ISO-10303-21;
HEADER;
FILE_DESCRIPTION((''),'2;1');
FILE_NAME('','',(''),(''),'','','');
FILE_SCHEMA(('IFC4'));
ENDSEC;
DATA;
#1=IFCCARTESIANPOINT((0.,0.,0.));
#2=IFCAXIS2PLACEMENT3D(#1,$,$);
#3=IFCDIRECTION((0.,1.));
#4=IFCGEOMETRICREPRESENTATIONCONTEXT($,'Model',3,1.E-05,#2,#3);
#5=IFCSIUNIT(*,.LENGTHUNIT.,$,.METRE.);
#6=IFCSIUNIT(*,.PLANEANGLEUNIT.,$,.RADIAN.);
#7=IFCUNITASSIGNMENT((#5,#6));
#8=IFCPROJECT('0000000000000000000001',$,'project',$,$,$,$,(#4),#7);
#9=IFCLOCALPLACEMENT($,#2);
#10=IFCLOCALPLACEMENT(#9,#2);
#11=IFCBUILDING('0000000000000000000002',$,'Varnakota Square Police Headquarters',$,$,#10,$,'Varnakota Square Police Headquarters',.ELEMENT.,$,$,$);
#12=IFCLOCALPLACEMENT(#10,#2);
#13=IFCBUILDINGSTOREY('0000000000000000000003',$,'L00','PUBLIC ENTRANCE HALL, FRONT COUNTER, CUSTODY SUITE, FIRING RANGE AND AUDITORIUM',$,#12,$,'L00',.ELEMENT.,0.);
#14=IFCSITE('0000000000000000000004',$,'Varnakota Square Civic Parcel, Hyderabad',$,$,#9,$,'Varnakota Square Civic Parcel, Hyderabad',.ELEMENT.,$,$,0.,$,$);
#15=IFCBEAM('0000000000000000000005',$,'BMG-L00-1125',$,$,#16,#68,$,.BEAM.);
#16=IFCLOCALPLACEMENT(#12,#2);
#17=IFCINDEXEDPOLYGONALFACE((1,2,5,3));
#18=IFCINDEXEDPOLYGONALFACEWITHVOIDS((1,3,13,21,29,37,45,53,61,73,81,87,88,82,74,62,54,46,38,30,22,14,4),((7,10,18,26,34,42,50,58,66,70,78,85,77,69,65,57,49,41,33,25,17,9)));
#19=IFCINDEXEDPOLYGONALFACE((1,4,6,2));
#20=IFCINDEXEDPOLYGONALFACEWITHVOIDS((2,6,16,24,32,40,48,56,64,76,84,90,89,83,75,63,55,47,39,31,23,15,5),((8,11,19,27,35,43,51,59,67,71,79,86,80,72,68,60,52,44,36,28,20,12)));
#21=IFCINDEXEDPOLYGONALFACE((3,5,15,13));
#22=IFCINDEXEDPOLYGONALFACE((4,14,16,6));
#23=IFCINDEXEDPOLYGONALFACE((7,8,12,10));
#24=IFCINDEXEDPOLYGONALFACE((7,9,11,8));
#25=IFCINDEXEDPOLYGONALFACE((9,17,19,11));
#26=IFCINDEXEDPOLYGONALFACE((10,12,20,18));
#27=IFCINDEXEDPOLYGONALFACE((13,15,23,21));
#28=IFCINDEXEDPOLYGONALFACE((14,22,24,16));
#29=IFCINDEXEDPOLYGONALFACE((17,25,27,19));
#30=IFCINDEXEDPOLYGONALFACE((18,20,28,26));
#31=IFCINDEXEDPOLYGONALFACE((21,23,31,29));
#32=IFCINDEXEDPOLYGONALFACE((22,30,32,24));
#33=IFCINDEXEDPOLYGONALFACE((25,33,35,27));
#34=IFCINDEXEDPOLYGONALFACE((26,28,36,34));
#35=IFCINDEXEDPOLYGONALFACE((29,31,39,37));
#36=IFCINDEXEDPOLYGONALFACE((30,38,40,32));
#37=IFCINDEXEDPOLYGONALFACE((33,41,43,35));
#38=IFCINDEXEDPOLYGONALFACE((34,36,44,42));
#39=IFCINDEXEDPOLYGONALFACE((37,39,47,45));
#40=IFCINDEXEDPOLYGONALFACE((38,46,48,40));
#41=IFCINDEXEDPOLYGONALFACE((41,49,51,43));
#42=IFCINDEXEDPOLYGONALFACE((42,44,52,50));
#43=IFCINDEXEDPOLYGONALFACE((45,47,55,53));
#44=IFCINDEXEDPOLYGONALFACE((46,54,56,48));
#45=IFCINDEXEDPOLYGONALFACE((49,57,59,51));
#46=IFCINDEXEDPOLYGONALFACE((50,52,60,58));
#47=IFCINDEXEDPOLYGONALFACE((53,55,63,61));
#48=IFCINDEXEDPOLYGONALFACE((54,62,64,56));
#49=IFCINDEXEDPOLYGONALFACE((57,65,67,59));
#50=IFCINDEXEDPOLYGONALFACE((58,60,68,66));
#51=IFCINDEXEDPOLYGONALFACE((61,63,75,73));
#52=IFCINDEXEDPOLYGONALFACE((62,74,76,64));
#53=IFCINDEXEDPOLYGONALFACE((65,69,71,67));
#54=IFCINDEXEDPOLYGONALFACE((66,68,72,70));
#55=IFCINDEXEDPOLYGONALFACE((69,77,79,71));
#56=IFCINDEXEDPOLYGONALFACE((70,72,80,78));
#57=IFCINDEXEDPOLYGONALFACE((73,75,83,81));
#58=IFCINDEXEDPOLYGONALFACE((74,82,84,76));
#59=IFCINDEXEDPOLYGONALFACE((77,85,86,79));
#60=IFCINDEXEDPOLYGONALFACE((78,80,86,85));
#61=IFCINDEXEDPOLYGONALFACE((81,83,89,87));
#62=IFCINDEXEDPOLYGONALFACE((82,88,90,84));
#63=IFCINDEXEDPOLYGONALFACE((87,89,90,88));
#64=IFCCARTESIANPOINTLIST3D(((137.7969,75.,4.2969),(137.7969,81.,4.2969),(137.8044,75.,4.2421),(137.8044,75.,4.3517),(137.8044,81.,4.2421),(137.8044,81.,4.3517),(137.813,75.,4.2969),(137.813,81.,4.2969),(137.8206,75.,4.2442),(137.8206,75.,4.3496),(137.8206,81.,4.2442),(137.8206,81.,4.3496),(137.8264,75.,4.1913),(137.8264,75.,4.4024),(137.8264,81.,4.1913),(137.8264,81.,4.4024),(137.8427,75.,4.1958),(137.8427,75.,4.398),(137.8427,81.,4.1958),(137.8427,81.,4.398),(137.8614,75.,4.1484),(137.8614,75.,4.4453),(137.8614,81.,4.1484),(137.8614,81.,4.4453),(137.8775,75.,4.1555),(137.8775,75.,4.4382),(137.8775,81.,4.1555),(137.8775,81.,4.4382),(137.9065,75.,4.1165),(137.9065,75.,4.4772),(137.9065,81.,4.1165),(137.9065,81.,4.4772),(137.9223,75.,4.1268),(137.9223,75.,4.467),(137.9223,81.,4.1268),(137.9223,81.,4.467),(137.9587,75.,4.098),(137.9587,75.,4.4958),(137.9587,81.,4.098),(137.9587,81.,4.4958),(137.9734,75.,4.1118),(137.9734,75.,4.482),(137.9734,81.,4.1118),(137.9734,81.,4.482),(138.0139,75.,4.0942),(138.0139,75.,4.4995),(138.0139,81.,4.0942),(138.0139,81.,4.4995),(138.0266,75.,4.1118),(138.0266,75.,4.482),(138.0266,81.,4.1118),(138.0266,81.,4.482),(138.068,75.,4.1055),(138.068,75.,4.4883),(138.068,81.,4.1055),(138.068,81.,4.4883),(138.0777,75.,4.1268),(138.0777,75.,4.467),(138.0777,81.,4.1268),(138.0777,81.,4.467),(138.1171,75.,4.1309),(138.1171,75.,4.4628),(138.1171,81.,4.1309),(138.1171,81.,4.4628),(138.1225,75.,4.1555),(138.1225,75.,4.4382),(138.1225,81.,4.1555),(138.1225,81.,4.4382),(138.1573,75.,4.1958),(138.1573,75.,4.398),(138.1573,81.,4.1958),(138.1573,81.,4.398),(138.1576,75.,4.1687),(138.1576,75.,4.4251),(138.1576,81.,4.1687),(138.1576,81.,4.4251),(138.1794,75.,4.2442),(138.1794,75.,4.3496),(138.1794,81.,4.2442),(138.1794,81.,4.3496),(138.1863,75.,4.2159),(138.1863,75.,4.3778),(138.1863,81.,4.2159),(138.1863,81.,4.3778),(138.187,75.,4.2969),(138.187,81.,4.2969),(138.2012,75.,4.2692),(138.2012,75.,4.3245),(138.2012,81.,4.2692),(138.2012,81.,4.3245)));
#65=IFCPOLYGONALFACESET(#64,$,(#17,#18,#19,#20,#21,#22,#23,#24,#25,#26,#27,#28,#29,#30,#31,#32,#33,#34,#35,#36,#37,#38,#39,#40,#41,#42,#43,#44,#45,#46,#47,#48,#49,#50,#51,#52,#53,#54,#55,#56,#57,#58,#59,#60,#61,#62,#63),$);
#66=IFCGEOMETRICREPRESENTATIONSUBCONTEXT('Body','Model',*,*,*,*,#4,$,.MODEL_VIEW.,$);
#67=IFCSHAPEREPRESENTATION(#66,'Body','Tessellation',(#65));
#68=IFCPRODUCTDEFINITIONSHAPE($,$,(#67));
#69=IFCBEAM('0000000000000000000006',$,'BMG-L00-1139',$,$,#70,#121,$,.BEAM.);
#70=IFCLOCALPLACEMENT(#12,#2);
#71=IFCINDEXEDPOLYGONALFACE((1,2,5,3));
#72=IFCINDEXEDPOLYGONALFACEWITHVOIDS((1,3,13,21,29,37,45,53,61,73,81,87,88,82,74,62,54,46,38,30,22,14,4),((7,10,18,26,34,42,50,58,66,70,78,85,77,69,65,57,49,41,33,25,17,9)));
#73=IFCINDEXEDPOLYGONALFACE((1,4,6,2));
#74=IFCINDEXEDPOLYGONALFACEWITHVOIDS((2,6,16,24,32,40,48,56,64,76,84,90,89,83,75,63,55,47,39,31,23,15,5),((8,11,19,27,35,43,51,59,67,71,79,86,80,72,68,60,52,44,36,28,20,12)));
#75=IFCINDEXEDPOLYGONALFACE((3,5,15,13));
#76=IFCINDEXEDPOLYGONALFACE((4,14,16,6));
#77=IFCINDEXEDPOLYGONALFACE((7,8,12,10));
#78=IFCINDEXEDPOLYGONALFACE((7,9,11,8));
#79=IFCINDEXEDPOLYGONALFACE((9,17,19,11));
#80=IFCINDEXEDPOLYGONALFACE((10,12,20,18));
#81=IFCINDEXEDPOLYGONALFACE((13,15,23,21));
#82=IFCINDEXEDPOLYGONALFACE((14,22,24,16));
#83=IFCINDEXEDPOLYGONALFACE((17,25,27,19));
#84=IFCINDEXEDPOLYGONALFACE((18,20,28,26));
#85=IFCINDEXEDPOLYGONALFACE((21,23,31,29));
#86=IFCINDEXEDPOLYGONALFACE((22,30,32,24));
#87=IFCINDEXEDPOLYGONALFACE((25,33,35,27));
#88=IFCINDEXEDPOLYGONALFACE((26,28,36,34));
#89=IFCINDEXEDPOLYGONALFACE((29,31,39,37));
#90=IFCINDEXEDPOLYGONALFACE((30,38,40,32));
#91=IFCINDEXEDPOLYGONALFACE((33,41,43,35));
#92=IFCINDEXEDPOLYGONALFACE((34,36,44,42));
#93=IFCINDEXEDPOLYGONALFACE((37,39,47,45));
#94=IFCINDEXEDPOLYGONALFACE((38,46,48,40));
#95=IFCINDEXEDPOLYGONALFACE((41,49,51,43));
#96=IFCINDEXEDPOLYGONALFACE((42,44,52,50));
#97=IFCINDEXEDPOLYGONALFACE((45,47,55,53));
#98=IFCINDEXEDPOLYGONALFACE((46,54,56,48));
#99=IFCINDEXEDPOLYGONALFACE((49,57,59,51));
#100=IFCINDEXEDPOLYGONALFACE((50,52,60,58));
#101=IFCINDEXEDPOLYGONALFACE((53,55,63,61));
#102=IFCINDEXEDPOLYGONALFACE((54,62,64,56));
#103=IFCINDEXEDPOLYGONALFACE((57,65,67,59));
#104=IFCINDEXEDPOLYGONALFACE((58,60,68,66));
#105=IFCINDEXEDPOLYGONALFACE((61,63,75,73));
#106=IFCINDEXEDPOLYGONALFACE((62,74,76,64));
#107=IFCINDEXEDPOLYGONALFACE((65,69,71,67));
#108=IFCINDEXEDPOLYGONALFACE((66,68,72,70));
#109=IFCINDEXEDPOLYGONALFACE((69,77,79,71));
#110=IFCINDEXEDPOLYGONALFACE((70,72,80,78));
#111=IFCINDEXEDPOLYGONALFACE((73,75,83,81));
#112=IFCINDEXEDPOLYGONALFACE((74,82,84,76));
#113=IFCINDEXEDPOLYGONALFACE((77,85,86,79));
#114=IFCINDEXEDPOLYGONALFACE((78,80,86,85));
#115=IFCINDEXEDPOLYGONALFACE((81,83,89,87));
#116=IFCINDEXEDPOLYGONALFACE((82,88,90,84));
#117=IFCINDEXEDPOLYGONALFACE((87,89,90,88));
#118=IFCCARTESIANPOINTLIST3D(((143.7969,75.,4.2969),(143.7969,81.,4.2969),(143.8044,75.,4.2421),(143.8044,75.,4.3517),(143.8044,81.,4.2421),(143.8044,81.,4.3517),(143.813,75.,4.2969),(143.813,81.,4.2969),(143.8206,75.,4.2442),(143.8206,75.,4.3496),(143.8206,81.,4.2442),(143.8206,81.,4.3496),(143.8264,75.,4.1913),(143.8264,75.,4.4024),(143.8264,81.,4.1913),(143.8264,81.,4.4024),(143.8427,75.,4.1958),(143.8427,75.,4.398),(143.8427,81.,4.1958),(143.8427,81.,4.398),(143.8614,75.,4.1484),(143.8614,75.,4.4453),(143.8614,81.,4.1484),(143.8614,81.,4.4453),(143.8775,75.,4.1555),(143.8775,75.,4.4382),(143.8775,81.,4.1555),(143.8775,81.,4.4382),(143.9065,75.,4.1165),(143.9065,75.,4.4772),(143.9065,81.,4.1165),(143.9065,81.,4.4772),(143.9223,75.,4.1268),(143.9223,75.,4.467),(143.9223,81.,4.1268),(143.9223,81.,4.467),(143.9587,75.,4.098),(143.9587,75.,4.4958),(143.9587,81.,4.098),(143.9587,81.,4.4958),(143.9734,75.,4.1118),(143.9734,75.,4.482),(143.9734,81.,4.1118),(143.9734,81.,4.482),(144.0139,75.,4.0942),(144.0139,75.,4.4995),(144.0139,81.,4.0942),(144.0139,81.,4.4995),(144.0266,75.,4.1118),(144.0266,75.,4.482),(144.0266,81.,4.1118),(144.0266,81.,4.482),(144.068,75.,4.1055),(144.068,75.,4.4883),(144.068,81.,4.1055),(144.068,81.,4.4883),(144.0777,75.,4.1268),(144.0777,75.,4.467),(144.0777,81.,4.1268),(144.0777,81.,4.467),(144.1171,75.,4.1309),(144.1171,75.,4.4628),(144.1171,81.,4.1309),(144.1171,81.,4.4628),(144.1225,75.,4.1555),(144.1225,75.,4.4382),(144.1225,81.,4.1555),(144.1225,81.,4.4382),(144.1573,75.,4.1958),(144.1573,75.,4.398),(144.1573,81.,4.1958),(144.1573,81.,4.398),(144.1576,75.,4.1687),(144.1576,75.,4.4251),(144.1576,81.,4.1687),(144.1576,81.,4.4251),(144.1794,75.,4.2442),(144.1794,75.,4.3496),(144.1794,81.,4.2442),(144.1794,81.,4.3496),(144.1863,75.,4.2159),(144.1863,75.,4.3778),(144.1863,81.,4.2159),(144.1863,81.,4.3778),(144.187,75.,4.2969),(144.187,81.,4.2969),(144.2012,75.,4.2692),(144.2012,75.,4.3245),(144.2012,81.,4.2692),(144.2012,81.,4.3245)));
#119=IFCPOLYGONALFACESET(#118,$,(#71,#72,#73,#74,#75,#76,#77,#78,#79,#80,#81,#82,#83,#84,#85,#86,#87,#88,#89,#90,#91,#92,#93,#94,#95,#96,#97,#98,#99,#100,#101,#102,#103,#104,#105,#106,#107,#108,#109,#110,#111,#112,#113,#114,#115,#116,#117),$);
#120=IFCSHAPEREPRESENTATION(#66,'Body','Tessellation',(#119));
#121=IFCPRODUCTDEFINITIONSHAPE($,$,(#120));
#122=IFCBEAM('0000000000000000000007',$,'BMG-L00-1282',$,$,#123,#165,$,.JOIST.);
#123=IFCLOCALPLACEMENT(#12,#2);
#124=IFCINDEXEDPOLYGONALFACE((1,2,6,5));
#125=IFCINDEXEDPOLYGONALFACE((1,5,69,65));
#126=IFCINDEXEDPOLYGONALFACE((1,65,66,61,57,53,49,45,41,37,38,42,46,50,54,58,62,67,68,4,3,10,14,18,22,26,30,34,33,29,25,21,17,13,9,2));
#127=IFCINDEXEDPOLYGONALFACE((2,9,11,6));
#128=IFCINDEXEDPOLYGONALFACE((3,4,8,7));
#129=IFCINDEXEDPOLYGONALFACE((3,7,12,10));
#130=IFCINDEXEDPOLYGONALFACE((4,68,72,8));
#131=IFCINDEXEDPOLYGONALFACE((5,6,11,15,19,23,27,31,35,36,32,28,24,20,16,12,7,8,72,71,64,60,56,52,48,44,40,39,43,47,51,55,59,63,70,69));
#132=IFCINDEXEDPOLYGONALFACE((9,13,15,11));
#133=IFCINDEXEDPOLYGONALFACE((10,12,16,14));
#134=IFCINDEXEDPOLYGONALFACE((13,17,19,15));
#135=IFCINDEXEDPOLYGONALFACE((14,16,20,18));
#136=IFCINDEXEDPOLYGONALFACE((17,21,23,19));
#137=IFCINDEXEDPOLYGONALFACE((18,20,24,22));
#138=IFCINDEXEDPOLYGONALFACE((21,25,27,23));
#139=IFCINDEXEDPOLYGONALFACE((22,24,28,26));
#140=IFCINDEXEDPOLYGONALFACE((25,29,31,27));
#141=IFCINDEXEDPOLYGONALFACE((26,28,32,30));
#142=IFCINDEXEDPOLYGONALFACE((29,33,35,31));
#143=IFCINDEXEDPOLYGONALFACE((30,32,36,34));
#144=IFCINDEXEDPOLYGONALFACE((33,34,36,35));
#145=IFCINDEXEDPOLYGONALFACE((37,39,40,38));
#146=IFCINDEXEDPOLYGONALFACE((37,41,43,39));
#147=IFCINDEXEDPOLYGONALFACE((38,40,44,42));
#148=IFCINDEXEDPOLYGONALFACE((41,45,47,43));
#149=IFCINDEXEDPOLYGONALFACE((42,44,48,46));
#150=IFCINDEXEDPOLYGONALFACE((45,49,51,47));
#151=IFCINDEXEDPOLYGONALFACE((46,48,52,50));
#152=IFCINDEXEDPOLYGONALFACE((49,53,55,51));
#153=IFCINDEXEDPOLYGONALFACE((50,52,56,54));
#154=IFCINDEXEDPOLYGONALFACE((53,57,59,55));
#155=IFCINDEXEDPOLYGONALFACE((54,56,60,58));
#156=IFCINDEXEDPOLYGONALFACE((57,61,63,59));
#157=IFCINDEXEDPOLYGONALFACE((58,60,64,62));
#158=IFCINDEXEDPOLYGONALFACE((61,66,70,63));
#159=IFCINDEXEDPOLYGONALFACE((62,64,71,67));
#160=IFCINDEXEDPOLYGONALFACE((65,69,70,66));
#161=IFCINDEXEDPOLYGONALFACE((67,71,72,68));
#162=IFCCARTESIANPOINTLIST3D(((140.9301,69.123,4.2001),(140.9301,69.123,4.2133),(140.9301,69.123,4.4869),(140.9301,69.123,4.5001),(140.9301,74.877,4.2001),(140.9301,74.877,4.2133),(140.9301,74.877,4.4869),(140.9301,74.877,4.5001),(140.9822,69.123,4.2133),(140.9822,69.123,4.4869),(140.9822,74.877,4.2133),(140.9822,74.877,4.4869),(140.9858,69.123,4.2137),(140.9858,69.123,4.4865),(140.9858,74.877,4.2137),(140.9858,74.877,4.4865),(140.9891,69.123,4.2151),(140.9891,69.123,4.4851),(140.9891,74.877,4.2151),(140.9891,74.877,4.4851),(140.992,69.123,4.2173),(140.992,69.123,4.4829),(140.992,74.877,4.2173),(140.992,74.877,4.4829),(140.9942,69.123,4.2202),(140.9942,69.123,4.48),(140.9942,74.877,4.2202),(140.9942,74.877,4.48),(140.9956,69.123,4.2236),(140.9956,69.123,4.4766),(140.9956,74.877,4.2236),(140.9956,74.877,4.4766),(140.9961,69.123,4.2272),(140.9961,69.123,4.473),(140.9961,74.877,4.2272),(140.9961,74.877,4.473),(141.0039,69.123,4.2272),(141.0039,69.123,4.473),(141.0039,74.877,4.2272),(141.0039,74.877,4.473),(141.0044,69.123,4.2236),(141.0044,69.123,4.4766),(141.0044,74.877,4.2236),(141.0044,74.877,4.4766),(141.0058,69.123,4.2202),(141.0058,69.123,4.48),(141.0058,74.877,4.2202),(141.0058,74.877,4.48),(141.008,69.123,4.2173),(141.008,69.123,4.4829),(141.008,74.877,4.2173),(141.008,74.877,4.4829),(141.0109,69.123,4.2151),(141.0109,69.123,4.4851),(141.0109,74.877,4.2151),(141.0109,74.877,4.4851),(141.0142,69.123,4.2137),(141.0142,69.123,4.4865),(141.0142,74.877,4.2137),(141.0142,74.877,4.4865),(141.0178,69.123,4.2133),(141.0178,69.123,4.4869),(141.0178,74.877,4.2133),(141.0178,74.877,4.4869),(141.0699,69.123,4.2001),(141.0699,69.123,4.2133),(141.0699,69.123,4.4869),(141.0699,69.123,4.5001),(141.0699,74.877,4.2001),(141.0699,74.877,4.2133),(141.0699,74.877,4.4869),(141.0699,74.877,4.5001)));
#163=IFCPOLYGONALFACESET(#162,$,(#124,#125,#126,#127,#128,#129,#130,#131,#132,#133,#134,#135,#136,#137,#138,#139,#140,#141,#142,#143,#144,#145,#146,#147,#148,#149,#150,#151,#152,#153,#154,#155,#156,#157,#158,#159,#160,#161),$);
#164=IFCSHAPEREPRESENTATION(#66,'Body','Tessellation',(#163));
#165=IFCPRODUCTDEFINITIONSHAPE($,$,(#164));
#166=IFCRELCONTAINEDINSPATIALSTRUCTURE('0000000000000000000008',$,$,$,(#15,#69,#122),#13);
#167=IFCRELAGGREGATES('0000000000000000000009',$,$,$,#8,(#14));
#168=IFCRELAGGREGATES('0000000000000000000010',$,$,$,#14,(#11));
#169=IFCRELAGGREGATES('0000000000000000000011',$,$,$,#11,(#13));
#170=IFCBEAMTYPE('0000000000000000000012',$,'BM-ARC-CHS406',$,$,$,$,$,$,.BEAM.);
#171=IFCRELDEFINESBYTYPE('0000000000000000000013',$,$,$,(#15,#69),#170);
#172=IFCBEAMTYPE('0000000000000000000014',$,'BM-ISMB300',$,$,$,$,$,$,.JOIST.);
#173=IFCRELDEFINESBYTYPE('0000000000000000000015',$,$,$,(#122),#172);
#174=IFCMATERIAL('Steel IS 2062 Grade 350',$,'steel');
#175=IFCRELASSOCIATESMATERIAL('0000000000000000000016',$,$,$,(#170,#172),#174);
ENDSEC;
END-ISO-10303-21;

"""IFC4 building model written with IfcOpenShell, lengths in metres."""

from ifc_helpers import new_model, si_unit, direction, frame, origin, origin_2d, place, context, subcontext, project, spatial, hollow_circle, i_section, extrude, material, material_profile, profile_set, type_object, element, save


model = new_model("IFC4")

# Units and contexts
model_context = context("Model", 3, precision=1e-05, world=origin(), true_north=direction((0.0, 1.0)))
body_context = subcontext(model_context, "Body", "Model", "MODEL_VIEW")
ifc_project = project(units=[si_unit("LENGTHUNIT", "METRE"), si_unit("PLANEANGLEUNIT", "RADIAN")], contexts=[model_context])

# Site, building, storey
site_placement = place(None, origin())
site = spatial("IfcSite", under=ifc_project, at=site_placement, Name="Varnakota Square Civic Parcel, Hyderabad", LongName="Varnakota Square Civic Parcel, Hyderabad", CompositionType="ELEMENT", RefElevation=0.0)
building_placement = place(site_placement, origin())
building = spatial("IfcBuilding", under=site, at=building_placement, Name="Varnakota Square Police Headquarters", LongName="Varnakota Square Police Headquarters", CompositionType="ELEMENT")
storey_placement = place(building_placement, origin())
storey = spatial("IfcBuildingStorey", under=building, at=storey_placement, Name="L00", Description="PUBLIC ENTRANCE HALL, FRONT COUNTER, CUSTODY SUITE, FIRING RANGE AND AUDITORIUM", LongName="L00", CompositionType="ELEMENT", Elevation=0.0)

# Beams
ifc_material_1 = material(Name="Steel IS 2062 Grade 350", Category="steel")
ifc_material_profile_1 = material_profile(ifc_material_1, hollow_circle(Radius=0.2031, WallThickness=0.0161, at=origin_2d()), Name="CHS 406.4x16.0")
ifc_profile_set_1 = profile_set([ifc_material_profile_1], Name="Steel IS 2062 Grade 350")
beam_type_1 = type_object("IfcBeamType", Name="BM-ARC-CHS406", PredefinedType="BEAM", material=ifc_profile_set_1)
for number, where, z_axis, x_axis, name in (
    (1, (138.0, 75.0, 4.2969), (0.0, 1.0, 0.0), (-1.0, 0.0, 0.0), "BMG-L00-1125"),
    (2, (144.0, 75.0, 4.2969), (0.0, 1.0, 0.0), (-1.0, 0.0, 0.0), "BMG-L00-1139"),
):
    element("IfcBeam", number, at=place(storey_placement, frame(where, z_axis=z_axis, x_axis=x_axis)), inside=storey, type_object=beam_type_1, Name=name, PredefinedType="BEAM", context=body_context, shape_type="SweptSolid", body=[
        extrude(hollow_circle(Radius=0.2031, WallThickness=0.0161, at=origin_2d()), origin(), (0.0, 0.0, 1.0), 6.0),
    ])
ifc_material_profile_2 = material_profile(ifc_material_1, i_section(OverallWidth=0.1399, OverallDepth=0.3, WebThickness=0.0078, FlangeThickness=0.0132, FilletRadius=0.0139, at=origin_2d()), Name="ISMB 300")
ifc_profile_set_2 = profile_set([ifc_material_profile_2], Name="Steel IS 2062 Grade 350")
beam_type_2 = type_object("IfcBeamType", Name="BM-ISMB300", PredefinedType="JOIST", material=ifc_profile_set_2)
beam_1_placement = place(storey_placement, frame((141.0, 69.123, 4.3501), z_axis=(0.0, 1.0, 0.0), x_axis=(-1.0, 0.0, 0.0)))
element("IfcBeam", 3, at=beam_1_placement, inside=storey, type_object=beam_type_2, Name="BMG-L00-1282", PredefinedType="JOIST", context=body_context, shape_type="SweptSolid", body=[
    extrude(i_section(OverallWidth=0.1399, OverallDepth=0.3, WebThickness=0.0078, FlangeThickness=0.0132, FilletRadius=0.0139, at=origin_2d()), origin(), (0.0, 0.0, 1.0), 5.7539),
])

save(model, "model.ifc")
